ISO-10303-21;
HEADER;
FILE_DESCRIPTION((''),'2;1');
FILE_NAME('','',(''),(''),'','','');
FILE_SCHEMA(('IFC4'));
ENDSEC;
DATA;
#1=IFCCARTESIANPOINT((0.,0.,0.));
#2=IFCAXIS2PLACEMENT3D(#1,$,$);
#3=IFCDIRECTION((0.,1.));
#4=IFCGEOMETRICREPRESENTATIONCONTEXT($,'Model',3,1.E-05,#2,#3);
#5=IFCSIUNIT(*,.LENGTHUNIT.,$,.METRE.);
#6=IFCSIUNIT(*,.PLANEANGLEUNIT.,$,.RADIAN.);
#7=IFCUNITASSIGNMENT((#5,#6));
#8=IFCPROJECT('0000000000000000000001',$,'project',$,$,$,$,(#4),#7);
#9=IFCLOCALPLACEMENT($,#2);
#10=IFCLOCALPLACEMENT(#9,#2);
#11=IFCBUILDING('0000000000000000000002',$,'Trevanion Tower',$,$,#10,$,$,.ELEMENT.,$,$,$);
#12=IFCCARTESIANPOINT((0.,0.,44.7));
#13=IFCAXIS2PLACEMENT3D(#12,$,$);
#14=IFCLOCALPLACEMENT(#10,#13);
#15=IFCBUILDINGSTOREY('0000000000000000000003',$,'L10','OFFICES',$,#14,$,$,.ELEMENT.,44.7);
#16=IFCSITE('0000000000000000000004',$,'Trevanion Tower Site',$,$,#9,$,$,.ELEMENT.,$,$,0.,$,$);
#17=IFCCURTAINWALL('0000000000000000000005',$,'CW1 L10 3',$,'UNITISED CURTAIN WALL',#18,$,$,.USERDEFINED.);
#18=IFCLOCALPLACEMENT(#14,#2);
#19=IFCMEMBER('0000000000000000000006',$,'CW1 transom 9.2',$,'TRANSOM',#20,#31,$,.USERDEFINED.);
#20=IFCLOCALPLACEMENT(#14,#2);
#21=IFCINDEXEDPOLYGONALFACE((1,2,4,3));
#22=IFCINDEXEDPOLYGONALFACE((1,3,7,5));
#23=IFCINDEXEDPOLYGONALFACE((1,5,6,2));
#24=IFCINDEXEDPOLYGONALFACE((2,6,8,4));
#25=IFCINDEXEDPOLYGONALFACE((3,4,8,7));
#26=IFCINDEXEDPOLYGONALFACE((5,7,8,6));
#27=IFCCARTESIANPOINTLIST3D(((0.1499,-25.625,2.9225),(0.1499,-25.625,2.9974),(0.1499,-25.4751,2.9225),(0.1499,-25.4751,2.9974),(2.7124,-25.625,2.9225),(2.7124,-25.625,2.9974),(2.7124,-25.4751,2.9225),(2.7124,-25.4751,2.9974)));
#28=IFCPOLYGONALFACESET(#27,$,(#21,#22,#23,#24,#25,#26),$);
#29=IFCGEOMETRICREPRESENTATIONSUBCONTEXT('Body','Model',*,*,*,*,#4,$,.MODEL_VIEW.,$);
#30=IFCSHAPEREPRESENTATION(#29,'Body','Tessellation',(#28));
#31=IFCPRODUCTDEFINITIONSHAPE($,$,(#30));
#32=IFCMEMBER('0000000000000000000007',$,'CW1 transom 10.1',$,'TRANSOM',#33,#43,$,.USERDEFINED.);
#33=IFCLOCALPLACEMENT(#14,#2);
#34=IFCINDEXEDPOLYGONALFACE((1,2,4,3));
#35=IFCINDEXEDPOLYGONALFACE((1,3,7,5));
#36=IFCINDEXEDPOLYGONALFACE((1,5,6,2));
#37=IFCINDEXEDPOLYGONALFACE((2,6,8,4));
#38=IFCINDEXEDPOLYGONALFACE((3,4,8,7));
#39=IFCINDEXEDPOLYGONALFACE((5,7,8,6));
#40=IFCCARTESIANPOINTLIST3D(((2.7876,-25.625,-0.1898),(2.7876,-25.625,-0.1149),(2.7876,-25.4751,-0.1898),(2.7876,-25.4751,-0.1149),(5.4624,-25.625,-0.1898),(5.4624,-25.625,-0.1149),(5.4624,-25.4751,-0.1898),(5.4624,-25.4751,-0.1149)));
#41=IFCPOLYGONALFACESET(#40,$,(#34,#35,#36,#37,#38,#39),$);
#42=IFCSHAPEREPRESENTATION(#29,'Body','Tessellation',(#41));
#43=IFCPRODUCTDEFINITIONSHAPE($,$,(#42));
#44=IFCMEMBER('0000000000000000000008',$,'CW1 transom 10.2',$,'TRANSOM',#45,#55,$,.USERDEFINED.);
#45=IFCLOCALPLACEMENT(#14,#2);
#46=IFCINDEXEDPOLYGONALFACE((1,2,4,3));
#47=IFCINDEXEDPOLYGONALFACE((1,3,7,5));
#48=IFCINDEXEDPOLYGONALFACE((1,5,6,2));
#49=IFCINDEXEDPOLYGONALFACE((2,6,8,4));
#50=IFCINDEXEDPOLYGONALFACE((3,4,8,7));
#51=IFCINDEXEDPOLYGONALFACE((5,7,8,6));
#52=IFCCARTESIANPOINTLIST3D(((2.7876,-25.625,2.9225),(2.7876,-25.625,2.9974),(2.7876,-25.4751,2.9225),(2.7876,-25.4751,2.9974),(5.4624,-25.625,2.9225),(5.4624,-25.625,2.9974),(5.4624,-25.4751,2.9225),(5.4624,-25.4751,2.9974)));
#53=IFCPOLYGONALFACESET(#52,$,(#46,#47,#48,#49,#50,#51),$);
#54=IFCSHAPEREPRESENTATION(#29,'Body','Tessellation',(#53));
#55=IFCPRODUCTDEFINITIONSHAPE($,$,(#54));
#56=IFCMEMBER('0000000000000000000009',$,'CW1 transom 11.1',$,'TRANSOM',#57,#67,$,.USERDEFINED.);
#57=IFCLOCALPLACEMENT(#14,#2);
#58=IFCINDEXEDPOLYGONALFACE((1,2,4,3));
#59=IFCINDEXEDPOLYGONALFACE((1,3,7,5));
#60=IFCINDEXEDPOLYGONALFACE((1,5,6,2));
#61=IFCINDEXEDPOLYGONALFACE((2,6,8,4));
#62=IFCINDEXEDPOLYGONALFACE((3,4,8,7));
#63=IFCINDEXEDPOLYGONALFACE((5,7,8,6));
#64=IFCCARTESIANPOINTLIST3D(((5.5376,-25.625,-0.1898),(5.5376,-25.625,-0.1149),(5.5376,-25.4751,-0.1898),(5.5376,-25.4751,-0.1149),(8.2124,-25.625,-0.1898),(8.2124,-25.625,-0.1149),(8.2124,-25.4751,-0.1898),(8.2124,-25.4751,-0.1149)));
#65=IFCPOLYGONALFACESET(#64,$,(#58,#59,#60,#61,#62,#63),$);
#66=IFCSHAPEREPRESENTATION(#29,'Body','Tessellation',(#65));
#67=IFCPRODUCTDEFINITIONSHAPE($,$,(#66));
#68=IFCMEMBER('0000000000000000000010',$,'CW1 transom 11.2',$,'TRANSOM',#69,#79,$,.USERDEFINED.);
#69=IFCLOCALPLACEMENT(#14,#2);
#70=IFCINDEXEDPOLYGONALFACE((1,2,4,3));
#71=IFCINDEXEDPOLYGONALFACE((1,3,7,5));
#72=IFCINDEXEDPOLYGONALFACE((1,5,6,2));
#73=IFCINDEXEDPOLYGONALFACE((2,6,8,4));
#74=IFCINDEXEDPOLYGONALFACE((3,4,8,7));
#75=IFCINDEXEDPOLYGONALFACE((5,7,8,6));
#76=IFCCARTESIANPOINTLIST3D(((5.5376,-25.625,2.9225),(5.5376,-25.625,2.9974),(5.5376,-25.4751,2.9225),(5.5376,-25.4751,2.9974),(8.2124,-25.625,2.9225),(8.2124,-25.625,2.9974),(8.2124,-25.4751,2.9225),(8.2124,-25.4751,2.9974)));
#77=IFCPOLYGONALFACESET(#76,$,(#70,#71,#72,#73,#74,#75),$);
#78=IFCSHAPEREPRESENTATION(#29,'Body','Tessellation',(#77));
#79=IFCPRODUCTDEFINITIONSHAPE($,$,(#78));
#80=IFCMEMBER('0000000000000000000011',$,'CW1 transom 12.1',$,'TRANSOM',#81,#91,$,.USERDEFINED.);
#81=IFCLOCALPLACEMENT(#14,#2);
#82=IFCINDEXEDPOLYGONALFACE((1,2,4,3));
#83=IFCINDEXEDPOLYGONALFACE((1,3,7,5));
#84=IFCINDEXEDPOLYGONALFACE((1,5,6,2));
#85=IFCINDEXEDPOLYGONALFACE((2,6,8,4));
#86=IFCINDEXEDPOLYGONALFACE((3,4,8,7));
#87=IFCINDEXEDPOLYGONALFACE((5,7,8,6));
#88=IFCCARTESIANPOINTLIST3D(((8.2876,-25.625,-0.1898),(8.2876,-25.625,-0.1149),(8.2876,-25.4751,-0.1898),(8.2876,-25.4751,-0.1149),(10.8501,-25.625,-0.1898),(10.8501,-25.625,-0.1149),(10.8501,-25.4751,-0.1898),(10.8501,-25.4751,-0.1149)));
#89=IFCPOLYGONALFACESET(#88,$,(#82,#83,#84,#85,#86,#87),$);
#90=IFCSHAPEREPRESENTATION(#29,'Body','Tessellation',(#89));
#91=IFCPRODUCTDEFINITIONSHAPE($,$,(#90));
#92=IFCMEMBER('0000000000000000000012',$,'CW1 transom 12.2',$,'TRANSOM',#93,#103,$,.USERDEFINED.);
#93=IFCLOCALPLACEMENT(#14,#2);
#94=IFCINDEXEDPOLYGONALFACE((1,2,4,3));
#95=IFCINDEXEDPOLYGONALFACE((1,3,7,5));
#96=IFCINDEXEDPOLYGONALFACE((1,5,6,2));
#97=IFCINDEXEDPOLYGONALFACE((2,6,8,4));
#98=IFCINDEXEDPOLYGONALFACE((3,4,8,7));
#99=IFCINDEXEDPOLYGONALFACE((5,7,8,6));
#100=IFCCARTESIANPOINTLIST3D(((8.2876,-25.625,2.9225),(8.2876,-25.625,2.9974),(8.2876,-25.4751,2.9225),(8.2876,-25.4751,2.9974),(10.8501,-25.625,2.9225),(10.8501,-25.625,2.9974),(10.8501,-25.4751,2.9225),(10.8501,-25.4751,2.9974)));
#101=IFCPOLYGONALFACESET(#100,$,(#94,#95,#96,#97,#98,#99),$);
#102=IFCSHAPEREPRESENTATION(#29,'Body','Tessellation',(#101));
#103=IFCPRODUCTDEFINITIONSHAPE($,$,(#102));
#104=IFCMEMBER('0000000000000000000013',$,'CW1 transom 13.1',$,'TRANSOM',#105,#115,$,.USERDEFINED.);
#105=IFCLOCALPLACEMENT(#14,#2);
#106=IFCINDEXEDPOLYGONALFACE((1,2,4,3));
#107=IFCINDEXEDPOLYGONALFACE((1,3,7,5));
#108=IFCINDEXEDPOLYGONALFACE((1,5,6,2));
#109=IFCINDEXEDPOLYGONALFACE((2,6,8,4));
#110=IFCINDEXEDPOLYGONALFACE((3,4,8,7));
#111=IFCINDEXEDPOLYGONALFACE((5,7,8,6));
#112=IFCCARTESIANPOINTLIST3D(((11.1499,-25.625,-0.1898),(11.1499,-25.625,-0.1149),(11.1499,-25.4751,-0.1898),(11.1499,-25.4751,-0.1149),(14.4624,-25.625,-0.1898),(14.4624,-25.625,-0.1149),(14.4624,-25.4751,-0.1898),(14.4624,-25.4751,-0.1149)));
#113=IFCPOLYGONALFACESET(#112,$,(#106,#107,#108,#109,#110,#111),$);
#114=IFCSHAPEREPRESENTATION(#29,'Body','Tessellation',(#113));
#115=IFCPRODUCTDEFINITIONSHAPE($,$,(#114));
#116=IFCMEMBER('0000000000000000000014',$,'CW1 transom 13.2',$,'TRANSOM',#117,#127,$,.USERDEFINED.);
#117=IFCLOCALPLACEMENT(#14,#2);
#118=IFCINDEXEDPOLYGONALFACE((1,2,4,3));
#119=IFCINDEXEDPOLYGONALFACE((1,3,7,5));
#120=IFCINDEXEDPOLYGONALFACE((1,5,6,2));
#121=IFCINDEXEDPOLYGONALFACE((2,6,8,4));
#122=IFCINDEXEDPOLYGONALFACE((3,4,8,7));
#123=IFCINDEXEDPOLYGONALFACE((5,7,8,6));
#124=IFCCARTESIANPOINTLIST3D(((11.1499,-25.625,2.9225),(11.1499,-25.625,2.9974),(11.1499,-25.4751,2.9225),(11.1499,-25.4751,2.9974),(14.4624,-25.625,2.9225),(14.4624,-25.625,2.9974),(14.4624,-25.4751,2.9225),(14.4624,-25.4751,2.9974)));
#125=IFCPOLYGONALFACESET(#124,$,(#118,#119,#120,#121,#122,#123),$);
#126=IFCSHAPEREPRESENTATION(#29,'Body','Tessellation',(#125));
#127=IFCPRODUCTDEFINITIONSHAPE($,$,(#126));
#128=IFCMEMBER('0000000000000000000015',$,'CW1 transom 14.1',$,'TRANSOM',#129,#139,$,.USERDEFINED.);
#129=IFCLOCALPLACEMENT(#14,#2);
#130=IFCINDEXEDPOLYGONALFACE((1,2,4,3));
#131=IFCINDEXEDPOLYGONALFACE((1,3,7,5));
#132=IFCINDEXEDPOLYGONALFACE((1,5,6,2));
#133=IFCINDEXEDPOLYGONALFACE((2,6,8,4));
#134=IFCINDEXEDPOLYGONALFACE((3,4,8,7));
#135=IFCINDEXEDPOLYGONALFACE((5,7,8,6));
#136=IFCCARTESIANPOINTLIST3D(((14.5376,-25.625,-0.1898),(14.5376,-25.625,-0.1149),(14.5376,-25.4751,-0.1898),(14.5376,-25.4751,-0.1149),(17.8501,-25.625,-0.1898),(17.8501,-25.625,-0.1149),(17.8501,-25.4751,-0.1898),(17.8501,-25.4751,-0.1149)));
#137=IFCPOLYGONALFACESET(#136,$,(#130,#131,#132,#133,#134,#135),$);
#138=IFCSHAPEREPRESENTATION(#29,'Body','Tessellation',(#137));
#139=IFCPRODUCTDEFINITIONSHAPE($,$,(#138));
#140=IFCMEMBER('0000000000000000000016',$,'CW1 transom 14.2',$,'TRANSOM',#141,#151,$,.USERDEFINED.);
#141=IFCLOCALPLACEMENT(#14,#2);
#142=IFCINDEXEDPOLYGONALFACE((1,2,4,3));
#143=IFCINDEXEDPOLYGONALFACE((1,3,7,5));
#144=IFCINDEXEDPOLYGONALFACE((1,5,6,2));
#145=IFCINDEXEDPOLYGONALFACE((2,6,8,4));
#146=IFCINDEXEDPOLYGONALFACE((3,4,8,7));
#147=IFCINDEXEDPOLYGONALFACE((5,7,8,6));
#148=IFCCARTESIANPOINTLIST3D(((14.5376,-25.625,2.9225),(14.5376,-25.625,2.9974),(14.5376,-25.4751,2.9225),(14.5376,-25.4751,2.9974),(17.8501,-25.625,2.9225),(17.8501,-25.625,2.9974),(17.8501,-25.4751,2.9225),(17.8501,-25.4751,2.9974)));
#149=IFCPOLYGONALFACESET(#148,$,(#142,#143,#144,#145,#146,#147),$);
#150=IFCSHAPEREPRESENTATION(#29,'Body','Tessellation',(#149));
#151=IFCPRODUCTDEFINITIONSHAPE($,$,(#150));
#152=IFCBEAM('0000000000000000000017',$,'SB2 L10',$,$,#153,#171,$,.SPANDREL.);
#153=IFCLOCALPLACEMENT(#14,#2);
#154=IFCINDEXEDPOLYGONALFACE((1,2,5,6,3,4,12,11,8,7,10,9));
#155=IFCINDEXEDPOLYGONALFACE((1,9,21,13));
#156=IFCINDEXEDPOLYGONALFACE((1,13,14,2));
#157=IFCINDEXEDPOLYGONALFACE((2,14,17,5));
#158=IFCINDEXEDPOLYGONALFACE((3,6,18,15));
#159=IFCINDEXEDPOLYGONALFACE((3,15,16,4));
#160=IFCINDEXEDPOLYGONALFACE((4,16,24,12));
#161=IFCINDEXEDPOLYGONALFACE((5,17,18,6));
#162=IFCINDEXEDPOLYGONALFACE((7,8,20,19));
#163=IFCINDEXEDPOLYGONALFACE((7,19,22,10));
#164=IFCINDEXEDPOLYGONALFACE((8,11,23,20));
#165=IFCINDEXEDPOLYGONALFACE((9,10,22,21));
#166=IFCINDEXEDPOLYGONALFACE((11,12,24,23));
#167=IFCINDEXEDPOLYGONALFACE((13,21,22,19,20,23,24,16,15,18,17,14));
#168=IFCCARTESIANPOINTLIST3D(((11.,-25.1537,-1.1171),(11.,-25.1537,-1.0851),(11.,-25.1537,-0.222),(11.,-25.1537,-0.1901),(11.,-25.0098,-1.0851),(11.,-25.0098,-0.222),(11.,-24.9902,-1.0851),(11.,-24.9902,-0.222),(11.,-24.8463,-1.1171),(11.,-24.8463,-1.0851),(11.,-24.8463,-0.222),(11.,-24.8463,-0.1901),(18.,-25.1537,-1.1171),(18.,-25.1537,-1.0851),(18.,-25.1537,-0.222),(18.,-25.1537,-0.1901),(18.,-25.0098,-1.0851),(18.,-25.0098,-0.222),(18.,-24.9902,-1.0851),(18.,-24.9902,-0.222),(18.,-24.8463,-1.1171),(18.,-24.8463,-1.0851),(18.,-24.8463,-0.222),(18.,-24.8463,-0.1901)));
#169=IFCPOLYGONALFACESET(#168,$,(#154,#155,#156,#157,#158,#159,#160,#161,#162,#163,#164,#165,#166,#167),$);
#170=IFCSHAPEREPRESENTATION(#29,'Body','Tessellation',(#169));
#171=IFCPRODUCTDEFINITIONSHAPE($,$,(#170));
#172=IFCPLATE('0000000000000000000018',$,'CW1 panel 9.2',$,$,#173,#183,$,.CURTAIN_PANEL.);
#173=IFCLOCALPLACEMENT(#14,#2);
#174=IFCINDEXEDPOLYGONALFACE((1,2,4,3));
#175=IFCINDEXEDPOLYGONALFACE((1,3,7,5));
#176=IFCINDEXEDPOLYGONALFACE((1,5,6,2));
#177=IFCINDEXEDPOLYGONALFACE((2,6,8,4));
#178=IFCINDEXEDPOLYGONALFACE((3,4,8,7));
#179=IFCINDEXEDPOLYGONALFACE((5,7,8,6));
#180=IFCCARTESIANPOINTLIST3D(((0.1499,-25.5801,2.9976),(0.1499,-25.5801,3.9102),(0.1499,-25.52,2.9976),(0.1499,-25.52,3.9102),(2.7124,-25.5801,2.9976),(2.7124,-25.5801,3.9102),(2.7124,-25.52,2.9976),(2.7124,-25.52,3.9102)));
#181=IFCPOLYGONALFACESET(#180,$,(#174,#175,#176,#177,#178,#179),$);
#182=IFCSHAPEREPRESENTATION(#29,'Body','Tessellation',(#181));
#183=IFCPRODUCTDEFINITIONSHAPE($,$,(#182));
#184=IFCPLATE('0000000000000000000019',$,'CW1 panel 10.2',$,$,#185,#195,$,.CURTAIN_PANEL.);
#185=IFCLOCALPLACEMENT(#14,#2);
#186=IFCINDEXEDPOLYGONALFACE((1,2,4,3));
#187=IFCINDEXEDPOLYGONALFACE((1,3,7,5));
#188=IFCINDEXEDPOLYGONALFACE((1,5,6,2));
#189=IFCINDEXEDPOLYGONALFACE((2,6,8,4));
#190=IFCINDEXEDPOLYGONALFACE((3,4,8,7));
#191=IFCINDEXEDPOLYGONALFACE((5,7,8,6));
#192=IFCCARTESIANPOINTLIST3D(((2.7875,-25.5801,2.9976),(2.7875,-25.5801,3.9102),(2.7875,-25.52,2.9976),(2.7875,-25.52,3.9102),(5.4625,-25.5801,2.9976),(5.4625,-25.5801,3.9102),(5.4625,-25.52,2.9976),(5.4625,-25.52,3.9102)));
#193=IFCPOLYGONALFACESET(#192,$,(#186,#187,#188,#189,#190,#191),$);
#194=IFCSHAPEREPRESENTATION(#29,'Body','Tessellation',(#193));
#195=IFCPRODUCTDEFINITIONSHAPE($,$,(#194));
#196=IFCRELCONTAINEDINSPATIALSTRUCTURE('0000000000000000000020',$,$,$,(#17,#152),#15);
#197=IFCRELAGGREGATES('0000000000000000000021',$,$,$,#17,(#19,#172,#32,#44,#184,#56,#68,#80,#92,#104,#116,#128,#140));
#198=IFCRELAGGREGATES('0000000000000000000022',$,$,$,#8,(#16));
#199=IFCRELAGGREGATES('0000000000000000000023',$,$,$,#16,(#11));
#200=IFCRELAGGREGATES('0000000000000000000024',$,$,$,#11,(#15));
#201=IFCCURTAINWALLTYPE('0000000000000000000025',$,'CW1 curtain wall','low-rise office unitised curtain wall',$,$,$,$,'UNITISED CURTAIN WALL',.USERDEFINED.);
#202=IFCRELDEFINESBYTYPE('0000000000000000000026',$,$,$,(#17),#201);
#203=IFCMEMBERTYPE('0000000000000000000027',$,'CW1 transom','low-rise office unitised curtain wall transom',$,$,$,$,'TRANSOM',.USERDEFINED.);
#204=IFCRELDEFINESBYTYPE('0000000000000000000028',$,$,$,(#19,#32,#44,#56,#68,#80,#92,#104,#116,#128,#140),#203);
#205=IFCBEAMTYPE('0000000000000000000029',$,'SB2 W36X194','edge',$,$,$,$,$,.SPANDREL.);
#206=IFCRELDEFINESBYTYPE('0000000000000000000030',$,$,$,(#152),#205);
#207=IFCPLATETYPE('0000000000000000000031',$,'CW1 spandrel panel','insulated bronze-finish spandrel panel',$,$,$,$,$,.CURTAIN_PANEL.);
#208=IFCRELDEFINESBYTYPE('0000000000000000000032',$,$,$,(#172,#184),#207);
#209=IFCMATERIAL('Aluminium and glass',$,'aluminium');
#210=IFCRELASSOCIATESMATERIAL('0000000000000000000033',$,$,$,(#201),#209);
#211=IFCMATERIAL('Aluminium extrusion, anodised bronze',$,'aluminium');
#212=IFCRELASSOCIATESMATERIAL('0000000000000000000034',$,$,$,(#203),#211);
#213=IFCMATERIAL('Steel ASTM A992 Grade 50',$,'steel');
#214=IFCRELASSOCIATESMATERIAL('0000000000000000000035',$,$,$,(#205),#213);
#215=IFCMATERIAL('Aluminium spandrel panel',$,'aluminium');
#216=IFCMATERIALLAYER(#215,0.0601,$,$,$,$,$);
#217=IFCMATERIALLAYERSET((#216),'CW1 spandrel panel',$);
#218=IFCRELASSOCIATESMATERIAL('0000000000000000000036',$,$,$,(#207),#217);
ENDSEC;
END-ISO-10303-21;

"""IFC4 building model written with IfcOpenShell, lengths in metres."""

from ifc_helpers import new_model, si_unit, direction, frame, origin, origin_2d, place, context, subcontext, project, spatial, rectangle, i_section, extrude, material, layer, layer_set, material_profile, profile_set, type_object, element, aggregate, save


model = new_model("IFC4")

# Units and contexts
model_context = context("Model", 3, precision=1e-05, world=origin(), true_north=direction((0.0, 1.0)))
body_context = subcontext(model_context, "Body", "Model", "MODEL_VIEW")
ifc_project = project(units=[si_unit("LENGTHUNIT", "METRE"), si_unit("PLANEANGLEUNIT", "RADIAN")], contexts=[model_context])

# Site, building, storey
site_placement = place(None, origin())
site = spatial("IfcSite", under=ifc_project, at=site_placement, Name="Trevanion Tower Site", CompositionType="ELEMENT", RefElevation=0.0)
building_placement = place(site_placement, origin())
building = spatial("IfcBuilding", under=site, at=building_placement, Name="Trevanion Tower", CompositionType="ELEMENT")
storey_placement = place(building_placement, frame((0.0, 0.0, 44.7)))
storey = spatial("IfcBuildingStorey", under=building, at=storey_placement, Name="L10", Description="OFFICES", CompositionType="ELEMENT", Elevation=44.7)

# Curtain wall, members
ifc_material_1 = material(Name="Aluminium and glass", Category="aluminium")
curtain_wall_type = type_object("IfcCurtainWallType", Name="CW1 curtain wall", Description="low-rise office unitised curtain wall", ElementType="UNITISED CURTAIN WALL", PredefinedType="USERDEFINED", material=ifc_material_1)
curtain_wall_placement = place(storey_placement, origin())
curtain_wall = element("IfcCurtainWall", 1, at=curtain_wall_placement, inside=storey, type_object=curtain_wall_type, Name="CW1 L10 3", ObjectType="UNITISED CURTAIN WALL", PredefinedType="USERDEFINED")
ifc_material_2 = material(Name="Aluminium extrusion, anodised bronze", Category="aluminium")
ifc_material_profile_1 = material_profile(ifc_material_2, rectangle(XDim=0.1499, YDim=0.075, at=origin_2d()), Name="CW1 transom")
ifc_profile_set_1 = profile_set([ifc_material_profile_1], Name="Aluminium extrusion, anodised bronze")
member_type_1 = type_object("IfcMemberType", Name="CW1 transom", Description="low-rise office unitised curtain wall transom", ElementType="TRANSOM", PredefinedType="USERDEFINED", material=ifc_profile_set_1)
member_1_placement = place(storey_placement, frame((0.1499, -25.55, 2.96), z_axis=(1.0, 0.0, 0.0), x_axis=(0.0, 1.0, 0.0)))
member_1 = element("IfcMember", 2, at=member_1_placement, type_object=member_type_1, Name="CW1 transom 9.2", ObjectType="TRANSOM", PredefinedType="USERDEFINED", context=body_context, shape_type="SweptSolid", body=[
    extrude(rectangle(XDim=0.1499, YDim=0.075, at=origin_2d()), origin(), (0.0, 0.0, 1.0), 2.5625),
])
member_2_placement = place(storey_placement, frame((2.7876, -25.55, -0.1523), z_axis=(1.0, 0.0, 0.0), x_axis=(0.0, 1.0, 0.0)))
member_2 = element("IfcMember", 3, at=member_2_placement, type_object=member_type_1, Name="CW1 transom 10.1", ObjectType="TRANSOM", PredefinedType="USERDEFINED", context=body_context, shape_type="SweptSolid", body=[
    extrude(rectangle(XDim=0.1499, YDim=0.075, at=origin_2d()), origin(), (0.0, 0.0, 1.0), 2.6748),
])
member_3_placement = place(storey_placement, frame((2.7876, -25.55, 2.96), z_axis=(1.0, 0.0, 0.0), x_axis=(0.0, 1.0, 0.0)))
member_3 = element("IfcMember", 4, at=member_3_placement, type_object=member_type_1, Name="CW1 transom 10.2", ObjectType="TRANSOM", PredefinedType="USERDEFINED", context=body_context, shape_type="SweptSolid", body=[
    extrude(rectangle(XDim=0.1499, YDim=0.075, at=origin_2d()), origin(), (0.0, 0.0, 1.0), 2.6748),
])
member_4_placement = place(storey_placement, frame((5.5376, -25.55, -0.1523), z_axis=(1.0, 0.0, 0.0), x_axis=(0.0, 1.0, 0.0)))
member_4 = element("IfcMember", 5, at=member_4_placement, type_object=member_type_1, Name="CW1 transom 11.1", ObjectType="TRANSOM", PredefinedType="USERDEFINED", context=body_context, shape_type="SweptSolid", body=[
    extrude(rectangle(XDim=0.1499, YDim=0.075, at=origin_2d()), origin(), (0.0, 0.0, 1.0), 2.6748),
])
member_5_placement = place(storey_placement, frame((5.5376, -25.55, 2.96), z_axis=(1.0, 0.0, 0.0), x_axis=(0.0, 1.0, 0.0)))
member_5 = element("IfcMember", 6, at=member_5_placement, type_object=member_type_1, Name="CW1 transom 11.2", ObjectType="TRANSOM", PredefinedType="USERDEFINED", context=body_context, shape_type="SweptSolid", body=[
    extrude(rectangle(XDim=0.1499, YDim=0.075, at=origin_2d()), origin(), (0.0, 0.0, 1.0), 2.6748),
])
member_6_placement = place(storey_placement, frame((8.2876, -25.55, -0.1523), z_axis=(1.0, 0.0, 0.0), x_axis=(0.0, 1.0, 0.0)))
member_6 = element("IfcMember", 7, at=member_6_placement, type_object=member_type_1, Name="CW1 transom 12.1", ObjectType="TRANSOM", PredefinedType="USERDEFINED", context=body_context, shape_type="SweptSolid", body=[
    extrude(rectangle(XDim=0.1499, YDim=0.075, at=origin_2d()), origin(), (0.0, 0.0, 1.0), 2.5625),
])
member_7_placement = place(storey_placement, frame((8.2876, -25.55, 2.96), z_axis=(1.0, 0.0, 0.0), x_axis=(0.0, 1.0, 0.0)))
member_7 = element("IfcMember", 8, at=member_7_placement, type_object=member_type_1, Name="CW1 transom 12.2", ObjectType="TRANSOM", PredefinedType="USERDEFINED", context=body_context, shape_type="SweptSolid", body=[
    extrude(rectangle(XDim=0.1499, YDim=0.075, at=origin_2d()), origin(), (0.0, 0.0, 1.0), 2.5625),
])
member_8_placement = place(storey_placement, frame((11.1499, -25.55, -0.1523), z_axis=(1.0, 0.0, 0.0), x_axis=(0.0, 1.0, 0.0)))
member_8 = element("IfcMember", 9, at=member_8_placement, type_object=member_type_1, Name="CW1 transom 13.1", ObjectType="TRANSOM", PredefinedType="USERDEFINED", context=body_context, shape_type="SweptSolid", body=[
    extrude(rectangle(XDim=0.1499, YDim=0.075, at=origin_2d()), origin(), (0.0, 0.0, 1.0), 3.3125),
])
member_9_placement = place(storey_placement, frame((11.1499, -25.55, 2.96), z_axis=(1.0, 0.0, 0.0), x_axis=(0.0, 1.0, 0.0)))
member_9 = element("IfcMember", 10, at=member_9_placement, type_object=member_type_1, Name="CW1 transom 13.2", ObjectType="TRANSOM", PredefinedType="USERDEFINED", context=body_context, shape_type="SweptSolid", body=[
    extrude(rectangle(XDim=0.1499, YDim=0.075, at=origin_2d()), origin(), (0.0, 0.0, 1.0), 3.3125),
])
member_10_placement = place(storey_placement, frame((14.5376, -25.55, -0.1523), z_axis=(1.0, 0.0, 0.0), x_axis=(0.0, 1.0, 0.0)))
member_10 = element("IfcMember", 11, at=member_10_placement, type_object=member_type_1, Name="CW1 transom 14.1", ObjectType="TRANSOM", PredefinedType="USERDEFINED", context=body_context, shape_type="SweptSolid", body=[
    extrude(rectangle(XDim=0.1499, YDim=0.075, at=origin_2d()), origin(), (0.0, 0.0, 1.0), 3.3125),
])
member_11_placement = place(storey_placement, frame((14.5376, -25.55, 2.96), z_axis=(1.0, 0.0, 0.0), x_axis=(0.0, 1.0, 0.0)))
member_11 = element("IfcMember", 12, at=member_11_placement, type_object=member_type_1, Name="CW1 transom 14.2", ObjectType="TRANSOM", PredefinedType="USERDEFINED", context=body_context, shape_type="SweptSolid", body=[
    extrude(rectangle(XDim=0.1499, YDim=0.075, at=origin_2d()), origin(), (0.0, 0.0, 1.0), 3.3125),
])

# Beam
ifc_material_3 = material(Name="Steel ASTM A992 Grade 50", Category="steel")
ifc_material_profile_2 = material_profile(ifc_material_3, i_section(OverallWidth=0.3074, OverallDepth=0.927, WebThickness=0.0195, FlangeThickness=0.032, at=origin_2d()), Name="W36X194")
ifc_profile_set_2 = profile_set([ifc_material_profile_2], Name="Steel ASTM A992 Grade 50")
beam_type_1 = type_object("IfcBeamType", Name="SB2 W36X194", Description="edge", PredefinedType="SPANDREL", material=ifc_profile_set_2)
beam_1_placement = place(storey_placement, frame((11.0, -25.0, -0.6536), z_axis=(1.0, 0.0, 0.0), x_axis=(0.0, 1.0, 0.0)))
element("IfcBeam", 13, at=beam_1_placement, inside=storey, type_object=beam_type_1, Name="SB2 L10", PredefinedType="SPANDREL", context=body_context, shape_type="SweptSolid", body=[
    extrude(i_section(OverallWidth=0.3074, OverallDepth=0.927, WebThickness=0.0195, FlangeThickness=0.032, at=origin_2d()), origin(), (0.0, 0.0, 1.0), 7.0),
])

# Plates
ifc_material_4 = material(Name="Aluminium spandrel panel", Category="aluminium")
ifc_layer_1 = layer(ifc_material_4, 0.0601)
ifc_layer_set_1 = layer_set([ifc_layer_1], Name="CW1 spandrel panel")
plate_type_1 = type_object("IfcPlateType", Name="CW1 spandrel panel", Description="insulated bronze-finish spandrel panel", PredefinedType="CURTAIN_PANEL", material=ifc_layer_set_1)
plate_1_placement = place(storey_placement, frame((1.4312, -25.55, 2.9976), z_axis=(0.0, 0.0, 1.0), x_axis=(1.0, 0.0, 0.0)))
plate_1 = element("IfcPlate", 14, at=plate_1_placement, type_object=plate_type_1, Name="CW1 panel 9.2", PredefinedType="CURTAIN_PANEL", context=body_context, shape_type="SweptSolid", body=[
    extrude(rectangle(XDim=2.5625, YDim=0.0601, at=origin_2d()), origin(), (0.0, 0.0, 1.0), 0.9126),
])
plate_2_placement = place(storey_placement, frame((4.125, -25.55, 2.9976), z_axis=(0.0, 0.0, 1.0), x_axis=(1.0, 0.0, 0.0)))
plate_2 = element("IfcPlate", 15, at=plate_2_placement, type_object=plate_type_1, Name="CW1 panel 10.2", PredefinedType="CURTAIN_PANEL", context=body_context, shape_type="SweptSolid", body=[
    extrude(rectangle(XDim=2.675, YDim=0.0601, at=origin_2d()), origin(), (0.0, 0.0, 1.0), 0.9126),
])
aggregate(curtain_wall, [member_1, plate_1, member_2, member_3, plate_2, member_4, member_5, member_6, member_7, member_8, member_9, member_10, member_11])

save(model, "model.ifc")
